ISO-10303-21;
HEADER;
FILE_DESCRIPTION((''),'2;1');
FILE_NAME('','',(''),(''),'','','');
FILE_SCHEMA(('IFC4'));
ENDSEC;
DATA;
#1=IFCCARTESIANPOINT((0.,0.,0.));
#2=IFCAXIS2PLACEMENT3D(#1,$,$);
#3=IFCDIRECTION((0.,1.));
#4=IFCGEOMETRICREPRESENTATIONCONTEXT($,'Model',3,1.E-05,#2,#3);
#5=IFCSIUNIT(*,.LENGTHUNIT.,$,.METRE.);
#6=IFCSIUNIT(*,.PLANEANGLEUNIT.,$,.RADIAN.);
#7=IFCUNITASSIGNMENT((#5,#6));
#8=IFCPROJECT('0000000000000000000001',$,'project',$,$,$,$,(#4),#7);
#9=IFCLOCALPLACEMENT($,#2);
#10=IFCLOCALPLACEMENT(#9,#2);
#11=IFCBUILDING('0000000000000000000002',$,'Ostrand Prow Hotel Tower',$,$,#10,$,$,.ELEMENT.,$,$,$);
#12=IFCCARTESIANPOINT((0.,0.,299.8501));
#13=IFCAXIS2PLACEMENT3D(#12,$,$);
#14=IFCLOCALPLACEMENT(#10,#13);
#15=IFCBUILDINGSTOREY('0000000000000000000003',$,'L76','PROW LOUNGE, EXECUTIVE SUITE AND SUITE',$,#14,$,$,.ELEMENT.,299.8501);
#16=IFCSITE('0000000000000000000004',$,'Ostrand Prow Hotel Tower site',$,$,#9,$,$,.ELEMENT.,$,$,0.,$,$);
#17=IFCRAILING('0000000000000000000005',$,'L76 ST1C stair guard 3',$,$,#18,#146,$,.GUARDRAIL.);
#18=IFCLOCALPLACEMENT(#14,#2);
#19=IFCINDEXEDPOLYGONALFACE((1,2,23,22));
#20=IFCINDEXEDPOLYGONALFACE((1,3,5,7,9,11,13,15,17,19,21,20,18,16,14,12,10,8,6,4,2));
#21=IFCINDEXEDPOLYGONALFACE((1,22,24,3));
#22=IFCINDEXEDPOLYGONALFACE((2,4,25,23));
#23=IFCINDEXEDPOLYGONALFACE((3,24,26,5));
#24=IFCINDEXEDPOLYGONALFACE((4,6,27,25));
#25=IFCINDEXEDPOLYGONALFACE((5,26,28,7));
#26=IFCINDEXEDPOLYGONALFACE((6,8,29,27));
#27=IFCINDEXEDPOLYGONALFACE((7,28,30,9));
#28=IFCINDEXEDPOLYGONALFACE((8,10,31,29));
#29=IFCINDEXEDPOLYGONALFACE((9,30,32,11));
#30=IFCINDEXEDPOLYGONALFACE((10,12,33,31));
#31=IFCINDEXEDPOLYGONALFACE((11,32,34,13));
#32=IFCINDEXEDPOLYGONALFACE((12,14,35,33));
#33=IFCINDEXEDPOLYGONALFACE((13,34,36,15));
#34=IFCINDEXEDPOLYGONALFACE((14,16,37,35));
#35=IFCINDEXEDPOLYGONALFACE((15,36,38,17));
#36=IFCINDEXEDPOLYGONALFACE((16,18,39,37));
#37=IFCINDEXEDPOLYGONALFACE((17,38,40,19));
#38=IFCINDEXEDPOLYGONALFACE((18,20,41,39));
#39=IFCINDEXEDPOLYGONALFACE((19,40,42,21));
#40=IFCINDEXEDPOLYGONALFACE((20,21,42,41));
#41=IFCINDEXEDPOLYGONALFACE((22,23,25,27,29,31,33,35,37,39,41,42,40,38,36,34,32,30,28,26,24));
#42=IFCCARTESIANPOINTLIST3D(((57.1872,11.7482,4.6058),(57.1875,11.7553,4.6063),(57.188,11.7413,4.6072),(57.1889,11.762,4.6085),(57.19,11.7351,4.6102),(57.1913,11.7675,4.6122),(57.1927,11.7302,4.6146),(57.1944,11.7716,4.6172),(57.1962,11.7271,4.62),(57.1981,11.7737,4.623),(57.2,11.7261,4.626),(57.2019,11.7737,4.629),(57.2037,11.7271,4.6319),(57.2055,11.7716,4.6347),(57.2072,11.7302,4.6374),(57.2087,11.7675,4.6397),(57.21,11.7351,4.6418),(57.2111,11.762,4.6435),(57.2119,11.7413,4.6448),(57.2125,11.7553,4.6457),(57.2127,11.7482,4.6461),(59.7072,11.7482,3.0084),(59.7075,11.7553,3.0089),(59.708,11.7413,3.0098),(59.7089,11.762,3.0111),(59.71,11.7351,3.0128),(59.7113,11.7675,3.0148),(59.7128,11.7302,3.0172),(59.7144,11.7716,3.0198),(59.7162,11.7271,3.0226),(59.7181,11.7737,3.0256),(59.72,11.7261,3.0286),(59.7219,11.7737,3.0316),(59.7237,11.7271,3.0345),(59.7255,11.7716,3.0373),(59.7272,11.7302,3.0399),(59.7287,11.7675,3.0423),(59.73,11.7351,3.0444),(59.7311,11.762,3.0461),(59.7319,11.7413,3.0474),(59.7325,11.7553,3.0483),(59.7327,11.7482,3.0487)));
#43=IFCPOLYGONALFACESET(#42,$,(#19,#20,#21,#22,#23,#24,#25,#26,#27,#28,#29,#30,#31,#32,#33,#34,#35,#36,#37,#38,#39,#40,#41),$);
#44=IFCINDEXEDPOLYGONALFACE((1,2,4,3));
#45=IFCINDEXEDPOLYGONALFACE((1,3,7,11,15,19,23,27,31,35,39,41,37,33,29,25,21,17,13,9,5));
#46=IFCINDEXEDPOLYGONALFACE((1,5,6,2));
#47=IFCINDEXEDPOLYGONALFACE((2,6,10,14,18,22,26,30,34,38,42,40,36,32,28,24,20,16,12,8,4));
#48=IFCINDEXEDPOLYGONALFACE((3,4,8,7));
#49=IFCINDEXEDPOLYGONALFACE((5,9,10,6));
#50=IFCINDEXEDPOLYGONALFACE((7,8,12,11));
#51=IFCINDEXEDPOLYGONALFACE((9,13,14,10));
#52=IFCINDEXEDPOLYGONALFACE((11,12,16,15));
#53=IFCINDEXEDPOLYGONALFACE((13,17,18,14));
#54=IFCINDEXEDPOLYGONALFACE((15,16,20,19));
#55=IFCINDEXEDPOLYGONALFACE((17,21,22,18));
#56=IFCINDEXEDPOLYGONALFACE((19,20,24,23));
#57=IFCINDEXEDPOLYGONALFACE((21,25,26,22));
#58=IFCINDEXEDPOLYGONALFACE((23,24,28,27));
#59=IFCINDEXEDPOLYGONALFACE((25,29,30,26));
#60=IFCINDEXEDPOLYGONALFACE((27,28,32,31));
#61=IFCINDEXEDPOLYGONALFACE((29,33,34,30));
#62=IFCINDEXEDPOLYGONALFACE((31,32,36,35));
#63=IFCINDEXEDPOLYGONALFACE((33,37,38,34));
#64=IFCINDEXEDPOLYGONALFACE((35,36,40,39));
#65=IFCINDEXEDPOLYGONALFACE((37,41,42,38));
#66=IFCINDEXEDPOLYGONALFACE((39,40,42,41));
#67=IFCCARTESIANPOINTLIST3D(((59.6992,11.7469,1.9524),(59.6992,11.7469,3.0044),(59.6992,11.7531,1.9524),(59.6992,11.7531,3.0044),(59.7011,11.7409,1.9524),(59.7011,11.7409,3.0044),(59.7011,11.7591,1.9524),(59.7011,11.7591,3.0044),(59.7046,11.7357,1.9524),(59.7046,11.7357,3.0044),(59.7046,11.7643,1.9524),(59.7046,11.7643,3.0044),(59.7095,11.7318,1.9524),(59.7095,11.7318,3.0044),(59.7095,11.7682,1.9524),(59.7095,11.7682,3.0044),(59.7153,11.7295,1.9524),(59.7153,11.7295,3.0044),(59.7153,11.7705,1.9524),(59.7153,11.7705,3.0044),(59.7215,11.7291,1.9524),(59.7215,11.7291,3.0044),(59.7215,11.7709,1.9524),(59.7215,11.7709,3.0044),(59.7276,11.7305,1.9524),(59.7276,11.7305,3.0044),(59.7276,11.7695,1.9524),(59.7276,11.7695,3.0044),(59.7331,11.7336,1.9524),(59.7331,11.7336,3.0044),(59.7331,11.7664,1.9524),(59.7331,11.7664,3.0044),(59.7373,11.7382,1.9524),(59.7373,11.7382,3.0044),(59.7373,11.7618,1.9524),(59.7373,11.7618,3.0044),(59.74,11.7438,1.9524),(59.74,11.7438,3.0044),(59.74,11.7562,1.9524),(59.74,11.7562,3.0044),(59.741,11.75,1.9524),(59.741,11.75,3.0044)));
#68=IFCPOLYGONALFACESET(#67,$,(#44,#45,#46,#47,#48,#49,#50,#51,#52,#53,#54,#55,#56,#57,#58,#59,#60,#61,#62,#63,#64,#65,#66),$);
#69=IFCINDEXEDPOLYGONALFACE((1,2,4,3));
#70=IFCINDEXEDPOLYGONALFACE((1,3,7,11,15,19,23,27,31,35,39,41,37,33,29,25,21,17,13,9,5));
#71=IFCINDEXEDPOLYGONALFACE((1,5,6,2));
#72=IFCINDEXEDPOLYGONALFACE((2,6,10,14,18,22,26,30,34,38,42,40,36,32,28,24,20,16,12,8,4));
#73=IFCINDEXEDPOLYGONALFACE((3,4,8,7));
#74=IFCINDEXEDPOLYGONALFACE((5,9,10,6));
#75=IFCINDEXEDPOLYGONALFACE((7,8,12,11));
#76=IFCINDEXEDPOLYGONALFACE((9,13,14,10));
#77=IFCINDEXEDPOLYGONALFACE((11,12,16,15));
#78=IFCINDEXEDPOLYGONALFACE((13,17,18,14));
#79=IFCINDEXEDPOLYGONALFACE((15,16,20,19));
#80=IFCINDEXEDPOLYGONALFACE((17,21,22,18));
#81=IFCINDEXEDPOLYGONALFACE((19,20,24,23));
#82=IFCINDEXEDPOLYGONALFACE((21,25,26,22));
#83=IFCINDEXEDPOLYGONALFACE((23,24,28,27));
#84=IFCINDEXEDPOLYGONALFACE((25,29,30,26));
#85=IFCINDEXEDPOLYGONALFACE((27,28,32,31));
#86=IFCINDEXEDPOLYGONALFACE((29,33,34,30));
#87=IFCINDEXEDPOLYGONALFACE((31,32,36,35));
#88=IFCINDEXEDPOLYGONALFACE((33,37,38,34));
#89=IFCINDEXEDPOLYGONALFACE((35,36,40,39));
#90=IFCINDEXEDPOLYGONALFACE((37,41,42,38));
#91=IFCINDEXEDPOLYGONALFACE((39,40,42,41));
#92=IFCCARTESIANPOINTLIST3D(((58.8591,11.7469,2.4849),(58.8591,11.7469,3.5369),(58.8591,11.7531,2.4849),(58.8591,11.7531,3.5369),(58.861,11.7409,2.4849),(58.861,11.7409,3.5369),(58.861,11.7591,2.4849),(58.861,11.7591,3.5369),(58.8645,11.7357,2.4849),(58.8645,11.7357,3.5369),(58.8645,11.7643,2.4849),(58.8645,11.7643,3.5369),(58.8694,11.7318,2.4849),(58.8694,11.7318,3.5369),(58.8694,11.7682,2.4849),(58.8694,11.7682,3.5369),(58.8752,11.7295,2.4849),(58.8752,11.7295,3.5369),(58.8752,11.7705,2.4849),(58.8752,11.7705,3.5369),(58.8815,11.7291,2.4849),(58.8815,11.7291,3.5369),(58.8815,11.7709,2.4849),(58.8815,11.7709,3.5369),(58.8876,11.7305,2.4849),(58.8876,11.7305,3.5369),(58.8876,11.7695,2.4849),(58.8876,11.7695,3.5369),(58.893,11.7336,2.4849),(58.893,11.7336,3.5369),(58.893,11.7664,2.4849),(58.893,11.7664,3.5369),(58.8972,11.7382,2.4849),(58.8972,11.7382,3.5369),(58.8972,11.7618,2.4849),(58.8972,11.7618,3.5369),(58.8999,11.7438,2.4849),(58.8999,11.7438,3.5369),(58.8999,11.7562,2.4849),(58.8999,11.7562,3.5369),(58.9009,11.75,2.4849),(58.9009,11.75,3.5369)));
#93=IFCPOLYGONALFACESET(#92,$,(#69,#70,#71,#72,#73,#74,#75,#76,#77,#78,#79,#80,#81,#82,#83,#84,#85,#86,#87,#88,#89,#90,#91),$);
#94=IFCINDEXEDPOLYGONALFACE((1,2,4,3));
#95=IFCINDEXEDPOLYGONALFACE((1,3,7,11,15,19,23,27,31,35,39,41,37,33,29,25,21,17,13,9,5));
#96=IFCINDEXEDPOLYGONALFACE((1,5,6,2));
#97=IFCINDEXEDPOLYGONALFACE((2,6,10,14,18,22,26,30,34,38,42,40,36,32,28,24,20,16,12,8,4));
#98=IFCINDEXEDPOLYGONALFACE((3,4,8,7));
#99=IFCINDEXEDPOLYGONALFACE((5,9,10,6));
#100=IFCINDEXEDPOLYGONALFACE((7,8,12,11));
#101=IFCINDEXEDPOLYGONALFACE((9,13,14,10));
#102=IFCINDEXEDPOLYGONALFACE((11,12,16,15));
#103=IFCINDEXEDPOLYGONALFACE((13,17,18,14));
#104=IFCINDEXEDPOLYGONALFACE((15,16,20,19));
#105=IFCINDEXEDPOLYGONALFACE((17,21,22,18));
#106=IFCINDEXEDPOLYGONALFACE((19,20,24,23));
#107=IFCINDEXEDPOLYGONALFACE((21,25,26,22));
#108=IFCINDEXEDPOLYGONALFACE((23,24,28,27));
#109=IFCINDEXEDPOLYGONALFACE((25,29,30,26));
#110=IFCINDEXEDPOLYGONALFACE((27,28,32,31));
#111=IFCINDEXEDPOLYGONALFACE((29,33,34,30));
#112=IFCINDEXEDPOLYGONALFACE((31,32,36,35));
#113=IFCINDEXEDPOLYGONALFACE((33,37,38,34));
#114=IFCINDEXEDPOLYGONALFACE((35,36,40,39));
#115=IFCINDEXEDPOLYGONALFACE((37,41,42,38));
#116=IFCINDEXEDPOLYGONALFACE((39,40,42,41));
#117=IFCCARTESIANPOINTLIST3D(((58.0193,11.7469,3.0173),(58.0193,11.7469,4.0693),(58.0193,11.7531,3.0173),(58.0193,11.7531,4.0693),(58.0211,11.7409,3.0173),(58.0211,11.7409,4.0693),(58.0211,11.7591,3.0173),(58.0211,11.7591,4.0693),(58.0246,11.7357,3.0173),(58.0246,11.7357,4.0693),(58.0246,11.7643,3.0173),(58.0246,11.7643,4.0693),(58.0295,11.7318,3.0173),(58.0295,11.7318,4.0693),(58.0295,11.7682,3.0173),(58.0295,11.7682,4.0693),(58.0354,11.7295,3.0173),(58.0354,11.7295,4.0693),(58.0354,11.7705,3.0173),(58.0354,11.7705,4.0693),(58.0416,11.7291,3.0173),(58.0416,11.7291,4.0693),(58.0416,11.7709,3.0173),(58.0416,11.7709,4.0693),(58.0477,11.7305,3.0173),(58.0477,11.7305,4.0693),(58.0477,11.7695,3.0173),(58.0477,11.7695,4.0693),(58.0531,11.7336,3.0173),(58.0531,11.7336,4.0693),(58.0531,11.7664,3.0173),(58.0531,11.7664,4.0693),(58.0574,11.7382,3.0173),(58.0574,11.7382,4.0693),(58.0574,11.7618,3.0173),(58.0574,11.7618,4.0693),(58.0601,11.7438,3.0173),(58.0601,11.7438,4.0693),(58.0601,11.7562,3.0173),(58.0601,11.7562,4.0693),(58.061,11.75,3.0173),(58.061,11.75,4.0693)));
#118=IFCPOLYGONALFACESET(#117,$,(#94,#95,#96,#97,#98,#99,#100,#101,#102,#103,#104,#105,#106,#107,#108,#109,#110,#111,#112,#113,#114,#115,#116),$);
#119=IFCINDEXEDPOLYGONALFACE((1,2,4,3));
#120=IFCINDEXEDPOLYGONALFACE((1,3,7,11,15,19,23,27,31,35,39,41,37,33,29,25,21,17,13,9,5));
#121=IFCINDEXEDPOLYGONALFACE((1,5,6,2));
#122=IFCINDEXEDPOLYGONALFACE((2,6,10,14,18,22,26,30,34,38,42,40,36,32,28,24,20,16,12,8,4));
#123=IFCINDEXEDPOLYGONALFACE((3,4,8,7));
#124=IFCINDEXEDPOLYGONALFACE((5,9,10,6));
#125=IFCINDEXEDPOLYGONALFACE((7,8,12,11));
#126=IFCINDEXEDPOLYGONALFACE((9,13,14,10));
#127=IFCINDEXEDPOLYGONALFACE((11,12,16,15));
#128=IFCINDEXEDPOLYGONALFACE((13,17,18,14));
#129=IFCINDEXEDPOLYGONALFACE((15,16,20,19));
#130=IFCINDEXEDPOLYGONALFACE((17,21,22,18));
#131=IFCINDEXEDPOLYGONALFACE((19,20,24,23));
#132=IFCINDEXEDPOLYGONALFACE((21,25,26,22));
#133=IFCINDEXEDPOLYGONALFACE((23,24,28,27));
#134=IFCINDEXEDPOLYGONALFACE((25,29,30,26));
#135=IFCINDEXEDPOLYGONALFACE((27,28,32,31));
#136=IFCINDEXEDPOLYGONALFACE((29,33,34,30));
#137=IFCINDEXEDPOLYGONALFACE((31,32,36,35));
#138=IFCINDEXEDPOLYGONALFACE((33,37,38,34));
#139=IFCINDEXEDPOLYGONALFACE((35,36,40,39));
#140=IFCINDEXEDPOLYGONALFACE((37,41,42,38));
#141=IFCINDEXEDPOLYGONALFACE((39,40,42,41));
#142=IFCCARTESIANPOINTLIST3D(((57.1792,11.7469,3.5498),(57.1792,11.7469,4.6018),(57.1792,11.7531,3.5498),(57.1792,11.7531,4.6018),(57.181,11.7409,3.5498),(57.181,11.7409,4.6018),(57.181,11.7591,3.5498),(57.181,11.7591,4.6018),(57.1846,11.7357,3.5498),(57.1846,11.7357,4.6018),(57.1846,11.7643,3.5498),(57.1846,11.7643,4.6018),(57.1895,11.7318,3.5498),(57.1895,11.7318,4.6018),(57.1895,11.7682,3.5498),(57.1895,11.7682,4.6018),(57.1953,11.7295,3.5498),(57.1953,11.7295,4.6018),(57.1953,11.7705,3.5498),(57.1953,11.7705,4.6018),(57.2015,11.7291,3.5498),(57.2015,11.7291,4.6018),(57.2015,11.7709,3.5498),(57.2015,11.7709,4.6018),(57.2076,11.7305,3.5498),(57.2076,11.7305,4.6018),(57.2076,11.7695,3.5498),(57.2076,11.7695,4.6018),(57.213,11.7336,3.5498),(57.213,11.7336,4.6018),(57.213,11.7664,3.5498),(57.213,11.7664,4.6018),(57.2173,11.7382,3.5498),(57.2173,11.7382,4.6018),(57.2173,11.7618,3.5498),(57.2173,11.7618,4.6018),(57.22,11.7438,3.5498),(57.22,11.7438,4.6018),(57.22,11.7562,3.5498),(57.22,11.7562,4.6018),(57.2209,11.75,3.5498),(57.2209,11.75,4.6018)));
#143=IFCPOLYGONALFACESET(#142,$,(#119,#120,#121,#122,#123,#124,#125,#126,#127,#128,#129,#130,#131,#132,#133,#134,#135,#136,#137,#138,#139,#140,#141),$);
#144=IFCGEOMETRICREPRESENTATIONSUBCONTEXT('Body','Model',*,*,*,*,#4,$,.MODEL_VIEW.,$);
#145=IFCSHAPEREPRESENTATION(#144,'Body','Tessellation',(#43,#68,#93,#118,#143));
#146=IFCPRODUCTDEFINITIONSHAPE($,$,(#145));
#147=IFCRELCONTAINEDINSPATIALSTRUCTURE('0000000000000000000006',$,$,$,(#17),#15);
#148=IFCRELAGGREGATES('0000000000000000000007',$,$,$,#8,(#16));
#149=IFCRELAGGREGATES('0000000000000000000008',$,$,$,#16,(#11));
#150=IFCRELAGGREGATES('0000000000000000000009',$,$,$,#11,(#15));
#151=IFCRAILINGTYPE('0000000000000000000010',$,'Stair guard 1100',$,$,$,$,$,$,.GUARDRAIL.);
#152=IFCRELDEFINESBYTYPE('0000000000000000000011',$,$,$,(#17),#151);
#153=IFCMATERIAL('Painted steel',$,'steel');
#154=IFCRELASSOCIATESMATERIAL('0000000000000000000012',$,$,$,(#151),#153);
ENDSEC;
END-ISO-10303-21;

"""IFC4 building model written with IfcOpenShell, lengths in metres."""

from ifc_helpers import new_model, si_unit, direction, frame, origin, origin_2d, place, context, subcontext, project, spatial, circle, extrude, material, type_object, element, save


model = new_model("IFC4")

# Units and contexts
model_context = context("Model", 3, precision=1e-05, world=origin(), true_north=direction((0.0, 1.0)))
body_context = subcontext(model_context, "Body", "Model", "MODEL_VIEW")
ifc_project = project(units=[si_unit("LENGTHUNIT", "METRE"), si_unit("PLANEANGLEUNIT", "RADIAN")], contexts=[model_context])

# Site, building, storey
site_placement = place(None, origin())
site = spatial("IfcSite", under=ifc_project, at=site_placement, Name="Ostrand Prow Hotel Tower site", CompositionType="ELEMENT", RefElevation=0.0)
building_placement = place(site_placement, origin())
building = spatial("IfcBuilding", under=site, at=building_placement, Name="Ostrand Prow Hotel Tower", CompositionType="ELEMENT")
storey_placement = place(building_placement, frame((0.0, 0.0, 299.8501)))
storey = spatial("IfcBuildingStorey", under=building, at=storey_placement, Name="L76", Description="PROW LOUNGE, EXECUTIVE SUITE AND SUITE", CompositionType="ELEMENT", Elevation=299.8501)

# Railing
ifc_material_1 = material(Name="Painted steel", Category="steel")
railing_type_1 = type_object("IfcRailingType", Name="Stair guard 1100", PredefinedType="GUARDRAIL", material=ifc_material_1)
railing_1_placement = place(storey_placement, frame((59.72, 11.75, 1.9524)))
element("IfcRailing", 1, at=railing_1_placement, inside=storey, type_object=railing_type_1, Name="L76 ST1C stair guard 3", PredefinedType="GUARDRAIL", context=body_context, shape_type="SweptSolid", body=[
    extrude(circle(Radius=0.0239, at=origin_2d()), frame((0.0, 0.0, 1.0762), z_axis=(-0.844607, 0.0, 0.535387), x_axis=(0.0, -1.0, 0.0)), (0.0, 0.0, 1.0), 2.9836),
    extrude(circle(Radius=0.021, at=origin_2d()), origin(), (0.0, 0.0, 1.0), 1.052),
    extrude(circle(Radius=0.021, at=origin_2d()), frame((-0.8401, 0.0, 0.5325)), (0.0, 0.0, 1.0), 1.052),
    extrude(circle(Radius=0.021, at=origin_2d()), frame((-1.6799, 0.0, 1.0649)), (0.0, 0.0, 1.0), 1.052),
    extrude(circle(Radius=0.021, at=origin_2d()), frame((-2.52, 0.0, 1.5974)), (0.0, 0.0, 1.0), 1.052),
])

save(model, "model.ifc")
